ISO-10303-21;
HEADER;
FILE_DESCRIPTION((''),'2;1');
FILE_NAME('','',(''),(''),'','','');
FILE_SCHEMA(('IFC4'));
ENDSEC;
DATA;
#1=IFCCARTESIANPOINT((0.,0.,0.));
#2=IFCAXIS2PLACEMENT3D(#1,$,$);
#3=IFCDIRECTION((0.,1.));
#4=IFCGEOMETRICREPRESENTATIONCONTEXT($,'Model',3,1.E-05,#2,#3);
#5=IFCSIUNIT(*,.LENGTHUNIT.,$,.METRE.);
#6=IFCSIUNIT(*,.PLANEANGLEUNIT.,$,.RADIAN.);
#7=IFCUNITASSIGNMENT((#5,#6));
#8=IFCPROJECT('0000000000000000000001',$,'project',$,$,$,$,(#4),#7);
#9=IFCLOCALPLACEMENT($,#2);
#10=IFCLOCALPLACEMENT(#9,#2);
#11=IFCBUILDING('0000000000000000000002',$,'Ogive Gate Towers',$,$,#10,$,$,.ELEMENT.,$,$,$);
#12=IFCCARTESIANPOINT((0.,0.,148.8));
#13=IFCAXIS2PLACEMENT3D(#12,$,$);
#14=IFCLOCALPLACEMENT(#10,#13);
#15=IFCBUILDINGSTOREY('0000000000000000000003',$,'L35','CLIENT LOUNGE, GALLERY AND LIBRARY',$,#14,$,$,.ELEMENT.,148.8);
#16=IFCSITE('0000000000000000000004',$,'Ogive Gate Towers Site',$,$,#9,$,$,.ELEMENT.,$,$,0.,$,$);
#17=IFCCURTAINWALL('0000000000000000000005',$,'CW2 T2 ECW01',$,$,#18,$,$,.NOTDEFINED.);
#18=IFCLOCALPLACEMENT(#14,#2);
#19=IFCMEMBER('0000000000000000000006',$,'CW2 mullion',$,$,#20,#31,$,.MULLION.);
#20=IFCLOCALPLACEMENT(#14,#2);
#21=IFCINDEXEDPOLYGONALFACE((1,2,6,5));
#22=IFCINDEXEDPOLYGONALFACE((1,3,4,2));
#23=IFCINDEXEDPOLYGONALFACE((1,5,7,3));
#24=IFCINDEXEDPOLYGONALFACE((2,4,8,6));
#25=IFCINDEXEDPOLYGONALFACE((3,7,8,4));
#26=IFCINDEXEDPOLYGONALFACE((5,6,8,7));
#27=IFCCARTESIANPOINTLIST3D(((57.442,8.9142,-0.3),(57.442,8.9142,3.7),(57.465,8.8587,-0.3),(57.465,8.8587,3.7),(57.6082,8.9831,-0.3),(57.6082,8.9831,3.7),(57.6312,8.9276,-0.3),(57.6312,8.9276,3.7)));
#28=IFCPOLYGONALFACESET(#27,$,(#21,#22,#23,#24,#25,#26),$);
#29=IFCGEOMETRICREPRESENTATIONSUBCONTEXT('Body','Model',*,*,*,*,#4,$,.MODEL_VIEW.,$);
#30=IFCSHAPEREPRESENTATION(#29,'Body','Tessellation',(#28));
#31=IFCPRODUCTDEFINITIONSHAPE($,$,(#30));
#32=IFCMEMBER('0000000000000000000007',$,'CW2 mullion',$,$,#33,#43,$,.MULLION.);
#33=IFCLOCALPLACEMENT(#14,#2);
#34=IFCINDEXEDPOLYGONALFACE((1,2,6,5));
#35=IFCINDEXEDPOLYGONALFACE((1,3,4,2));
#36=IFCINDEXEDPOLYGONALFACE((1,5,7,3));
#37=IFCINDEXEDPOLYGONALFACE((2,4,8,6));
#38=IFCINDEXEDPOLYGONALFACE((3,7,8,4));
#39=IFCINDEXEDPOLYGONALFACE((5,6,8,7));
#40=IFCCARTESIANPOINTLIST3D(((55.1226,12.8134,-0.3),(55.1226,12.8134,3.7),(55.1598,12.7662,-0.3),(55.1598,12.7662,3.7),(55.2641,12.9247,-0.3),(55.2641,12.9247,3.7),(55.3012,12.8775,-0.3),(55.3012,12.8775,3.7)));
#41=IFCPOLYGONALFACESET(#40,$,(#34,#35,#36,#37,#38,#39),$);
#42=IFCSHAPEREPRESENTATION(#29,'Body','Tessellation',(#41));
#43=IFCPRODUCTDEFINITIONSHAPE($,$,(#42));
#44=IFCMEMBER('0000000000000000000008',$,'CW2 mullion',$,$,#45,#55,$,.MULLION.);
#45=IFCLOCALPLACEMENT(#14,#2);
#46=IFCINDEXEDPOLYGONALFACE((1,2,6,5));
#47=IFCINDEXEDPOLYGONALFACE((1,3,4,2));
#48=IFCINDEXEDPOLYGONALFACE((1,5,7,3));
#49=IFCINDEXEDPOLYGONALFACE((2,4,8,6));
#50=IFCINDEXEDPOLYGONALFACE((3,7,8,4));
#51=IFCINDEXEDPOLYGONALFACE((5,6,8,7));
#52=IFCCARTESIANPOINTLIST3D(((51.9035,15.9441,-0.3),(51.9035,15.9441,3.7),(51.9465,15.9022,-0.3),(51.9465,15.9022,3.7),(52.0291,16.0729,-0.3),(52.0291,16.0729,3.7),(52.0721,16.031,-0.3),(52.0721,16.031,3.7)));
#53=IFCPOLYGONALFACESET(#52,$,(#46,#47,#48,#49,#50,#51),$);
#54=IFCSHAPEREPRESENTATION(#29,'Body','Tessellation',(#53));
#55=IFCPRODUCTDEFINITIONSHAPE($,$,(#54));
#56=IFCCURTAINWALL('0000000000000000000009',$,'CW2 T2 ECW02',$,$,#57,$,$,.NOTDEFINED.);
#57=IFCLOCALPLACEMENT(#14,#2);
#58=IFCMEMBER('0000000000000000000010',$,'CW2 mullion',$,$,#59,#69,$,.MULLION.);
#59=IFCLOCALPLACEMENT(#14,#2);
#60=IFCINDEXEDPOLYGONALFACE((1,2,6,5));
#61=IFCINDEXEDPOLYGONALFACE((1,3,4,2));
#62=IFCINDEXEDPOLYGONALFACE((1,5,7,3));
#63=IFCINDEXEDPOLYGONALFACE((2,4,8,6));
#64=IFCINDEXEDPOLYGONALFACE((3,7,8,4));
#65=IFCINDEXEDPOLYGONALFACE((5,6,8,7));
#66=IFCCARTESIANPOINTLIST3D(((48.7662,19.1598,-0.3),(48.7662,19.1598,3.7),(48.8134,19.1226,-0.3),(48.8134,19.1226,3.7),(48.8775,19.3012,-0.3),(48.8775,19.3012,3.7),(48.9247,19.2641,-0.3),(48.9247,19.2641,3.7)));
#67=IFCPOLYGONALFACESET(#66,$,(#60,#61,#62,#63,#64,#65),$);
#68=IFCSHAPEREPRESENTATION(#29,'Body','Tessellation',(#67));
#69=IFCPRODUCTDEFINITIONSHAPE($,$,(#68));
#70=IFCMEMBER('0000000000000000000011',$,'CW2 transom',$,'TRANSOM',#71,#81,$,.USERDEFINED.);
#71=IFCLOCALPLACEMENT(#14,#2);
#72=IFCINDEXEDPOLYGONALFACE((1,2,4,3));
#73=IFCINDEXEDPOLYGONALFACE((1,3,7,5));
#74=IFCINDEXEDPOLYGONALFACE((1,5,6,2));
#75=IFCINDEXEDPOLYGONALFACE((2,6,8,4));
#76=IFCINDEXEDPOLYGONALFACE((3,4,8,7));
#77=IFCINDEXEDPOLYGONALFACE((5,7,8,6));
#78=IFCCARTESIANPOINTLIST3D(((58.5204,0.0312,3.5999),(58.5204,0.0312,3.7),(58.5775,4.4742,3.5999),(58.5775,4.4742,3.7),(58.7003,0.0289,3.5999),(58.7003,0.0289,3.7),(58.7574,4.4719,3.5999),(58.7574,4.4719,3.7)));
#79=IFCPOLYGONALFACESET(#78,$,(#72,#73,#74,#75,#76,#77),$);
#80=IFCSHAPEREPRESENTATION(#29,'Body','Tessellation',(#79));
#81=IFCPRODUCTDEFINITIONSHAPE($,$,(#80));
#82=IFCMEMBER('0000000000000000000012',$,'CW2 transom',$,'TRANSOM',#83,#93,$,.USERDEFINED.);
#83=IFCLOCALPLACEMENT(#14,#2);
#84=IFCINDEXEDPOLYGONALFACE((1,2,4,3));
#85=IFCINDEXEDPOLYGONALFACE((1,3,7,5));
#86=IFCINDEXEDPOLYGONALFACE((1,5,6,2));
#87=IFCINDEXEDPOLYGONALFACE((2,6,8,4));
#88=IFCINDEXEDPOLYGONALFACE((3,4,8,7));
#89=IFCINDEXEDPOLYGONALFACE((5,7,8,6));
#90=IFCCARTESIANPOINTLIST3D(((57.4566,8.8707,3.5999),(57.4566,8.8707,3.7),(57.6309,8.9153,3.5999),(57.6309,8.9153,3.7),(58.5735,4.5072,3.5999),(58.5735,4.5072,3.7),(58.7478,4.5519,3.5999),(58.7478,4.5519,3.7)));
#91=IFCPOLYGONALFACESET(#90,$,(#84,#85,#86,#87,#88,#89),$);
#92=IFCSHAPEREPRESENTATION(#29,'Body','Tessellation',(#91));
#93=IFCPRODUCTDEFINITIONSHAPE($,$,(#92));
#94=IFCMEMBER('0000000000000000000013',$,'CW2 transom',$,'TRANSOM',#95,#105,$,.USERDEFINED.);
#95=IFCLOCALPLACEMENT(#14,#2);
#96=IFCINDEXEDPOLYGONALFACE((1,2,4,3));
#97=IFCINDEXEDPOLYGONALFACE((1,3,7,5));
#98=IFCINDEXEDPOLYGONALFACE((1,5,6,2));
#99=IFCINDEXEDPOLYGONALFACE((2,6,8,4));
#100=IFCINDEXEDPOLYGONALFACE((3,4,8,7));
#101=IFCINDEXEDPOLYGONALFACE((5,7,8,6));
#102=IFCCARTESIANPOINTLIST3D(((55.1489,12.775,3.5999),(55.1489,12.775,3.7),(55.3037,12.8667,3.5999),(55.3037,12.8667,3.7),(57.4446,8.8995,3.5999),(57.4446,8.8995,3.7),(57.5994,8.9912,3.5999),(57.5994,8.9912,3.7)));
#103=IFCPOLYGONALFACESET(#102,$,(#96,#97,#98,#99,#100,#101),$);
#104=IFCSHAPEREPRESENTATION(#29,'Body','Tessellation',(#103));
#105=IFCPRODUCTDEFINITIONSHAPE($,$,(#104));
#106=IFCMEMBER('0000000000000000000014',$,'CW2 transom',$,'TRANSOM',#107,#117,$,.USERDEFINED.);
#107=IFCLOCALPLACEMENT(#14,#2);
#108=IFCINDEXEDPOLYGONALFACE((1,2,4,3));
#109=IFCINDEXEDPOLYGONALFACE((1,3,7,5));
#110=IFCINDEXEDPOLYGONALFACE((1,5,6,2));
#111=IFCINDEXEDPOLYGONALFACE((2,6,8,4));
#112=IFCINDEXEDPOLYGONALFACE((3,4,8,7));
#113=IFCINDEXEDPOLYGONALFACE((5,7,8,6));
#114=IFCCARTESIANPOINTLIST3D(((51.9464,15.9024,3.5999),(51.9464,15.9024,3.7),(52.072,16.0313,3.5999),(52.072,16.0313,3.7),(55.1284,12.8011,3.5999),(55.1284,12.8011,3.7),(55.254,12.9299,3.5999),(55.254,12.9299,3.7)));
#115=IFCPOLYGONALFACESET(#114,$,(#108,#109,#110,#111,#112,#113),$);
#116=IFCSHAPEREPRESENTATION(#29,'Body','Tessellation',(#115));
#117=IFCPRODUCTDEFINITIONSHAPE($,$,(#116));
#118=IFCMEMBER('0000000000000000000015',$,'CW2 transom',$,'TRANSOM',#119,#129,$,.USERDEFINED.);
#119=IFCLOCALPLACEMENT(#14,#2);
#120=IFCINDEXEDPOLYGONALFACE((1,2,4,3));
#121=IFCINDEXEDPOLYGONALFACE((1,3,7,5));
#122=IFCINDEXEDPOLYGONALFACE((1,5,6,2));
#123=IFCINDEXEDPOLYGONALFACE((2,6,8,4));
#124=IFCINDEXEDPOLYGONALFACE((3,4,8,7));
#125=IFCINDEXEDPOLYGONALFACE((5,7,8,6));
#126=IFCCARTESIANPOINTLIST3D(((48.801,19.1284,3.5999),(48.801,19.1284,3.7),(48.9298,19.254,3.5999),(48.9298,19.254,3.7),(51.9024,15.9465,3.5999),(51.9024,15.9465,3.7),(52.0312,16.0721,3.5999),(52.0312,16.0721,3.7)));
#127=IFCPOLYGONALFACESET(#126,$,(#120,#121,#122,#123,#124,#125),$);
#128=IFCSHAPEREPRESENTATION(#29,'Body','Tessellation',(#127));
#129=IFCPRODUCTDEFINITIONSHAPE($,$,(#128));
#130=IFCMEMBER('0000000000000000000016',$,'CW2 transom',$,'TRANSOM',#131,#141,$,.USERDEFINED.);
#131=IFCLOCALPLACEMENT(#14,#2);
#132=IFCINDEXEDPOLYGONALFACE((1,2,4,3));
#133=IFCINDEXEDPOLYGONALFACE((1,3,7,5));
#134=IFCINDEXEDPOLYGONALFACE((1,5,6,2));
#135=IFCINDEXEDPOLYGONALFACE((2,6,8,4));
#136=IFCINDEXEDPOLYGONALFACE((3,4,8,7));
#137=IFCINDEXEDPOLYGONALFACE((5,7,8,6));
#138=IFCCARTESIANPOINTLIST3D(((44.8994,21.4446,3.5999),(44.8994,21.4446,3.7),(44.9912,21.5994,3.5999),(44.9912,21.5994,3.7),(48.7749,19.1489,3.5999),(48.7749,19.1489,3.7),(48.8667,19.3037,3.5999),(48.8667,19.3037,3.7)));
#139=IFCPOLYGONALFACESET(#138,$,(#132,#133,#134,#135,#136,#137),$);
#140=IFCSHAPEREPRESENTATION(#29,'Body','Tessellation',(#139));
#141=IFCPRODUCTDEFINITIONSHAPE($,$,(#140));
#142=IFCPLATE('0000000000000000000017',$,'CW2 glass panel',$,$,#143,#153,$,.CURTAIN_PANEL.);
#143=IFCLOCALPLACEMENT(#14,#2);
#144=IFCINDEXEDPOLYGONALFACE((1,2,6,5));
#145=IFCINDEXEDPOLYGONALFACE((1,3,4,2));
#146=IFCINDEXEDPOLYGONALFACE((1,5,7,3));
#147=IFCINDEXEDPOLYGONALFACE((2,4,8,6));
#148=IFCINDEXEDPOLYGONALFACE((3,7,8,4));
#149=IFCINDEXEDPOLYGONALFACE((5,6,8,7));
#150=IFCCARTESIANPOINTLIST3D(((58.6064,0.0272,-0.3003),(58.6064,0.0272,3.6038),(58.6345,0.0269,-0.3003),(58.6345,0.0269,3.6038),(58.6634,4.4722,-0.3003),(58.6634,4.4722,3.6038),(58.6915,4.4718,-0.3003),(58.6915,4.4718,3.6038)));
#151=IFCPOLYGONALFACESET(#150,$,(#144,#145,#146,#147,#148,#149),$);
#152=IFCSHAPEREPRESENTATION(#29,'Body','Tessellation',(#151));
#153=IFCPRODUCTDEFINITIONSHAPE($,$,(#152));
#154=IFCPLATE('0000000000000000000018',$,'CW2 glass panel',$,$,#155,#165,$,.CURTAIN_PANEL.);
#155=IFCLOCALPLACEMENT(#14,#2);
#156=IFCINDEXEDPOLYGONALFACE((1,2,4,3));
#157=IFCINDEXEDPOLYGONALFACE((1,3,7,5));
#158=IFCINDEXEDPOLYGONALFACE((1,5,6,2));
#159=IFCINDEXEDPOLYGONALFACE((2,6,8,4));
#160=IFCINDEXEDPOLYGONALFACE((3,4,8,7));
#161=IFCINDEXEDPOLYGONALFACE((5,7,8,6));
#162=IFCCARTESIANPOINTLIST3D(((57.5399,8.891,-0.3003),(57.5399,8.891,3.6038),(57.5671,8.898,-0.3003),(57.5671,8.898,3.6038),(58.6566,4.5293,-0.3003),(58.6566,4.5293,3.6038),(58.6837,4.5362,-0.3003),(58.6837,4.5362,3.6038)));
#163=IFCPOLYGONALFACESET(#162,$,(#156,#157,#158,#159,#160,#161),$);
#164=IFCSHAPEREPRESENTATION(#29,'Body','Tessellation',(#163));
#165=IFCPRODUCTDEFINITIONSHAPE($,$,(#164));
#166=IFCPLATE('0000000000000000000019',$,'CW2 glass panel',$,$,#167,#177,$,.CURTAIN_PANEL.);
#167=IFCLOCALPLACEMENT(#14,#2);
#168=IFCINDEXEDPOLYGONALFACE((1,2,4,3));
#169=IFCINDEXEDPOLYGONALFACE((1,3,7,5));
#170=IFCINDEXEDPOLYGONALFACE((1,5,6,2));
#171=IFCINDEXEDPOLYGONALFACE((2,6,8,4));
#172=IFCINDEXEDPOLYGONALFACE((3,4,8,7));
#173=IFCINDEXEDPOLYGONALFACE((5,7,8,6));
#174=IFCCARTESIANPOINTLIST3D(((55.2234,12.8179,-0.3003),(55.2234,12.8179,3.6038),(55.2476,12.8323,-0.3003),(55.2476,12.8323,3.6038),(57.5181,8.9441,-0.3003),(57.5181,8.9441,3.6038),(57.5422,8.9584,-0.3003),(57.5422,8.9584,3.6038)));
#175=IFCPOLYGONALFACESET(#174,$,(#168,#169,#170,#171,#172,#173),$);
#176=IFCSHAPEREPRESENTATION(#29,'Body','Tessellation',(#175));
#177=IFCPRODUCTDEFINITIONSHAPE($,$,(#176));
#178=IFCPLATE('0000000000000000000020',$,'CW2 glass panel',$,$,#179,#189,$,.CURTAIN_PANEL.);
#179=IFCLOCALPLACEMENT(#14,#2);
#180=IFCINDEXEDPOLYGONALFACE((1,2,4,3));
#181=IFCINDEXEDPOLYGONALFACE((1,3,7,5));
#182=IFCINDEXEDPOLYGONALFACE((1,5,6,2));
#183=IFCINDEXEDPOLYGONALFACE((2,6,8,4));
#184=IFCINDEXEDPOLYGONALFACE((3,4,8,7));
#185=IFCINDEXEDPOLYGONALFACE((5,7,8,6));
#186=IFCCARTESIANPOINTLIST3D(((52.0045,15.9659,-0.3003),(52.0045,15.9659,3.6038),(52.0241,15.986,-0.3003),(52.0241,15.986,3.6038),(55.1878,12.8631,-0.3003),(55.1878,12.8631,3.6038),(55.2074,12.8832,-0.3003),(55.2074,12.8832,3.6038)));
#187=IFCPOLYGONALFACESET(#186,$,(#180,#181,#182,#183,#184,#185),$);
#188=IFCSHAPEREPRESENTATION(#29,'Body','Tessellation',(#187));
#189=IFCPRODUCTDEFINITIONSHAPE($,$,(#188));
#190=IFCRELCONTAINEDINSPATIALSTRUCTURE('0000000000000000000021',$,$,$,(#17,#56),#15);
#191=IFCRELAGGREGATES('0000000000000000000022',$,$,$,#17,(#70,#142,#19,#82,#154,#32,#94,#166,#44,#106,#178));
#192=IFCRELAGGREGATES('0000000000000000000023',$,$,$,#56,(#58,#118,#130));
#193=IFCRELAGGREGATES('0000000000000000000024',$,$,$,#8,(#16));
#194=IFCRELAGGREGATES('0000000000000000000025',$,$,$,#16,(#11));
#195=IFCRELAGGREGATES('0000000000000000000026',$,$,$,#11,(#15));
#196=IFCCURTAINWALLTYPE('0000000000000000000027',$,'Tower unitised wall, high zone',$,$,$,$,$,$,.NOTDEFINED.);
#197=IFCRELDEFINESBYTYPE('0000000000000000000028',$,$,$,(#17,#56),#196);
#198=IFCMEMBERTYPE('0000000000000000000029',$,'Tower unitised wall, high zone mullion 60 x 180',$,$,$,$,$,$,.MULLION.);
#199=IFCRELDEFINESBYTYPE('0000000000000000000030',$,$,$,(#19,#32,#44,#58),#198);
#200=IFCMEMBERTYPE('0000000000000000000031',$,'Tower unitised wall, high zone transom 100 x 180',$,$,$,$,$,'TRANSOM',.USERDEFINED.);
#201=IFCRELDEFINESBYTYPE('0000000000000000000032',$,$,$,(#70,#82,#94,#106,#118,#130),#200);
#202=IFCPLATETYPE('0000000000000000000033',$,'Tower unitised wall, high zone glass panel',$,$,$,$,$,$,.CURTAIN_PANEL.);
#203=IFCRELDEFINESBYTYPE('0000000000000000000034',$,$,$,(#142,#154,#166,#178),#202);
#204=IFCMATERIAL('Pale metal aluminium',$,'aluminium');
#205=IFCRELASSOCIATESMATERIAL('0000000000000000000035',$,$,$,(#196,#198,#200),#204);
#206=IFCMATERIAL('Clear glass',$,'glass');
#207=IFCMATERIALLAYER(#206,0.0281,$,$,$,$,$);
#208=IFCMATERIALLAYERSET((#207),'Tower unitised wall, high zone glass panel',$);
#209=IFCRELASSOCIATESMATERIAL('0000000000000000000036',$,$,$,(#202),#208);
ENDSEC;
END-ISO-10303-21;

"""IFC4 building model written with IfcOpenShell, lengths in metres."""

from ifc_helpers import new_model, si_unit, direction, frame, origin, origin_2d, place, context, subcontext, project, spatial, rectangle, extrude, material, layer, layer_set, material_profile, profile_set, type_object, element, aggregate, save


model = new_model("IFC4")

# Units and contexts
model_context = context("Model", 3, precision=1e-05, world=origin(), true_north=direction((0.0, 1.0)))
body_context = subcontext(model_context, "Body", "Model", "MODEL_VIEW")
ifc_project = project(units=[si_unit("LENGTHUNIT", "METRE"), si_unit("PLANEANGLEUNIT", "RADIAN")], contexts=[model_context])

# Site, building, storey
site_placement = place(None, origin())
site = spatial("IfcSite", under=ifc_project, at=site_placement, Name="Ogive Gate Towers Site", CompositionType="ELEMENT", RefElevation=0.0)
building_placement = place(site_placement, origin())
building = spatial("IfcBuilding", under=site, at=building_placement, Name="Ogive Gate Towers", CompositionType="ELEMENT")
storey_placement = place(building_placement, frame((0.0, 0.0, 148.8)))
storey = spatial("IfcBuildingStorey", under=building, at=storey_placement, Name="L35", Description="CLIENT LOUNGE, GALLERY AND LIBRARY", CompositionType="ELEMENT", Elevation=148.8)

# Curtain wall, members
ifc_material_1 = material(Name="Pale metal aluminium", Category="aluminium")
curtain_wall_type = type_object("IfcCurtainWallType", Name="Tower unitised wall, high zone", PredefinedType="NOTDEFINED", material=ifc_material_1)
curtain_wall_1_placement = place(storey_placement, origin())
curtain_wall_1 = element("IfcCurtainWall", 1, at=curtain_wall_1_placement, inside=storey, type_object=curtain_wall_type, Name="CW2 T2 ECW01", PredefinedType="NOTDEFINED")
ifc_material_profile_1 = material_profile(ifc_material_1, rectangle(XDim=0.1799, YDim=0.0601, at=origin_2d()), Name="60 x 180 aluminium box")
ifc_profile_set_1 = profile_set([ifc_material_profile_1], Name="Pale metal aluminium")
member_type_1 = type_object("IfcMemberType", Name="Tower unitised wall, high zone mullion 60 x 180", PredefinedType="MULLION", material=ifc_profile_set_1)
member_1_placement = place(storey_placement, frame((57.5366, 8.9209, -0.3), z_axis=(0.0, 0.0, 1.0), x_axis=(0.92388, 0.382683, 0.0)))
member_1 = element("IfcMember", 2, at=member_1_placement, type_object=member_type_1, Name="CW2 mullion", PredefinedType="MULLION", context=body_context, shape_type="SweptSolid", body=[
    extrude(rectangle(XDim=0.1799, YDim=0.0601, at=origin_2d()), origin(), (0.0, 0.0, 1.0), 4.0),
])
member_2_placement = place(storey_placement, frame((55.2119, 12.8455, -0.3), z_axis=(0.0, 0.0, 1.0), x_axis=(0.785997, 0.61823, 0.0)))
member_2 = element("IfcMember", 3, at=member_2_placement, type_object=member_type_1, Name="CW2 mullion", PredefinedType="MULLION", context=body_context, shape_type="SweptSolid", body=[
    extrude(rectangle(XDim=0.1799, YDim=0.0601, at=origin_2d()), origin(), (0.0, 0.0, 1.0), 4.0),
])
member_3_placement = place(storey_placement, frame((51.9878, 15.9875, -0.3), z_axis=(0.0, 0.0, 1.0), x_axis=(0.697978, 0.716119, 0.0)))
member_3 = element("IfcMember", 4, at=member_3_placement, type_object=member_type_1, Name="CW2 mullion", PredefinedType="MULLION", context=body_context, shape_type="SweptSolid", body=[
    extrude(rectangle(XDim=0.1799, YDim=0.0601, at=origin_2d()), origin(), (0.0, 0.0, 1.0), 4.0),
])

# Curtain wall, member
curtain_wall_2_placement = place(storey_placement, origin())
curtain_wall_2 = element("IfcCurtainWall", 5, at=curtain_wall_2_placement, inside=storey, type_object=curtain_wall_type, Name="CW2 T2 ECW02", PredefinedType="NOTDEFINED")
member_4_placement = place(storey_placement, frame((48.8455, 19.2119, -0.3), z_axis=(0.0, 0.0, 1.0), x_axis=(0.61823, 0.785997, 0.0)))
member_4 = element("IfcMember", 6, at=member_4_placement, type_object=member_type_1, Name="CW2 mullion", PredefinedType="MULLION", context=body_context, shape_type="SweptSolid", body=[
    extrude(rectangle(XDim=0.1799, YDim=0.0601, at=origin_2d()), origin(), (0.0, 0.0, 1.0), 4.0),
])

# Members
ifc_material_profile_2 = material_profile(ifc_material_1, rectangle(XDim=0.1799, YDim=0.1001, at=origin_2d()), Name="100 x 180 aluminium box")
ifc_profile_set_2 = profile_set([ifc_material_profile_2], Name="Pale metal aluminium")
member_type_2 = type_object("IfcMemberType", Name="Tower unitised wall, high zone transom 100 x 180", ElementType="TRANSOM", PredefinedType="USERDEFINED", material=ifc_profile_set_2)
member_5_placement = place(storey_placement, frame((58.6104, 0.03, 3.6499), z_axis=(0.012857, 0.999917, 0.0), x_axis=(-0.999917, 0.012857, 0.0)))
member_5 = element("IfcMember", 7, at=member_5_placement, type_object=member_type_2, Name="CW2 transom", ObjectType="TRANSOM", PredefinedType="USERDEFINED", context=body_context, shape_type="SweptSolid", body=[
    extrude(rectangle(XDim=0.1799, YDim=0.1001, at=origin_2d()), origin(), (0.0, 0.0, 1.0), 4.4434),
])
member_6_placement = place(storey_placement, frame((58.6606, 4.5295, 3.6499), z_axis=(-0.247978, 0.968766, 0.0), x_axis=(-0.968766, -0.247978, 0.0)))
member_6 = element("IfcMember", 8, at=member_6_placement, type_object=member_type_2, Name="CW2 transom", ObjectType="TRANSOM", PredefinedType="USERDEFINED", context=body_context, shape_type="SweptSolid", body=[
    extrude(rectangle(XDim=0.1799, YDim=0.1001, at=origin_2d()), origin(), (0.0, 0.0, 1.0), 4.5042),
])
member_7_placement = place(storey_placement, frame((57.522, 8.9453, 3.6499), z_axis=(-0.509649, 0.860382, 0.0), x_axis=(-0.860382, -0.509649, 0.0)))
member_7 = element("IfcMember", 9, at=member_7_placement, type_object=member_type_2, Name="CW2 transom", ObjectType="TRANSOM", PredefinedType="USERDEFINED", context=body_context, shape_type="SweptSolid", body=[
    extrude(rectangle(XDim=0.1799, YDim=0.1001, at=origin_2d()), origin(), (0.0, 0.0, 1.0), 4.5044),
])
member_8_placement = place(storey_placement, frame((55.1912, 12.8655, 3.6499), z_axis=(-0.716115, 0.697983, 0.0), x_axis=(-0.697983, -0.716115, 0.0)))
member_8 = element("IfcMember", 10, at=member_8_placement, type_object=member_type_2, Name="CW2 transom", ObjectType="TRANSOM", PredefinedType="USERDEFINED", context=body_context, shape_type="SweptSolid", body=[
    extrude(rectangle(XDim=0.1799, YDim=0.1001, at=origin_2d()), origin(), (0.0, 0.0, 1.0), 4.4434),
])
member_9_placement = place(storey_placement, frame((51.9668, 16.0093, 3.6499), z_axis=(-0.697983, 0.716115, 0.0), x_axis=(-0.716115, -0.697983, 0.0)))
member_9 = element("IfcMember", 11, at=member_9_placement, type_object=member_type_2, Name="CW2 transom", ObjectType="TRANSOM", PredefinedType="USERDEFINED", context=body_context, shape_type="SweptSolid", body=[
    extrude(rectangle(XDim=0.1799, YDim=0.1001, at=origin_2d()), origin(), (0.0, 0.0, 1.0), 4.4434),
])
member_10_placement = place(storey_placement, frame((48.8208, 19.2263, 3.6499), z_axis=(-0.860382, 0.509649, 0.0), x_axis=(-0.509649, -0.860382, 0.0)))
member_10 = element("IfcMember", 12, at=member_10_placement, type_object=member_type_2, Name="CW2 transom", ObjectType="TRANSOM", PredefinedType="USERDEFINED", context=body_context, shape_type="SweptSolid", body=[
    extrude(rectangle(XDim=0.1799, YDim=0.1001, at=origin_2d()), origin(), (0.0, 0.0, 1.0), 4.5044),
])

# Plates
ifc_material_2 = material(Name="Clear glass", Category="glass")
ifc_layer_1 = layer(ifc_material_2, 0.0281)
ifc_layer_set_1 = layer_set([ifc_layer_1], Name="Tower unitised wall, high zone glass panel")
plate_type = type_object("IfcPlateType", Name="Tower unitised wall, high zone glass panel", PredefinedType="CURTAIN_PANEL", material=ifc_layer_set_1)
plate_1_placement = place(storey_placement, frame((58.6489, 2.2495, -0.3003), z_axis=(0.0, 0.0, 1.0), x_axis=(0.012828, 0.999918, 0.0)))
plate_1 = element("IfcPlate", 13, at=plate_1_placement, type_object=plate_type, Name="CW2 glass panel", PredefinedType="CURTAIN_PANEL", context=body_context, shape_type="SweptSolid", body=[
    extrude(rectangle(XDim=4.4453, YDim=0.0281, at=origin_2d()), origin(), (0.0, 0.0, 1.0), 3.9041),
])
plate_2_placement = place(storey_placement, frame((58.1118, 6.7136, -0.3003), z_axis=(0.0, 0.0, 1.0), x_axis=(-0.248014, 0.968757, 0.0)))
plate_2 = element("IfcPlate", 14, at=plate_2_placement, type_object=plate_type, Name="CW2 glass panel", PredefinedType="CURTAIN_PANEL", context=body_context, shape_type="SweptSolid", body=[
    extrude(rectangle(XDim=4.5024, YDim=0.0281, at=origin_2d()), origin(), (0.0, 0.0, 1.0), 3.9041),
])
plate_3_placement = place(storey_placement, frame((56.3828, 10.8882, -0.3003), z_axis=(0.0, 0.0, 1.0), x_axis=(-0.509642, 0.860386, 0.0)))
plate_3 = element("IfcPlate", 15, at=plate_3_placement, type_object=plate_type, Name="CW2 glass panel", PredefinedType="CURTAIN_PANEL", context=body_context, shape_type="SweptSolid", body=[
    extrude(rectangle(XDim=4.5024, YDim=0.0281, at=origin_2d()), origin(), (0.0, 0.0, 1.0), 3.9041),
])
plate_4_placement = place(storey_placement, frame((53.606, 14.4246, -0.3003), z_axis=(0.0, 0.0, 1.0), x_axis=(-0.716119, 0.697978, 0.0)))
plate_4 = element("IfcPlate", 16, at=plate_4_placement, type_object=plate_type, Name="CW2 glass panel", PredefinedType="CURTAIN_PANEL", context=body_context, shape_type="SweptSolid", body=[
    extrude(rectangle(XDim=4.4453, YDim=0.0281, at=origin_2d()), origin(), (0.0, 0.0, 1.0), 3.9041),
])
aggregate(curtain_wall_1, [member_5, plate_1, member_1, member_6, plate_2, member_2, member_7, plate_3, member_3, member_8, plate_4])
aggregate(curtain_wall_2, [member_4, member_9, member_10])

save(model, "model.ifc")
